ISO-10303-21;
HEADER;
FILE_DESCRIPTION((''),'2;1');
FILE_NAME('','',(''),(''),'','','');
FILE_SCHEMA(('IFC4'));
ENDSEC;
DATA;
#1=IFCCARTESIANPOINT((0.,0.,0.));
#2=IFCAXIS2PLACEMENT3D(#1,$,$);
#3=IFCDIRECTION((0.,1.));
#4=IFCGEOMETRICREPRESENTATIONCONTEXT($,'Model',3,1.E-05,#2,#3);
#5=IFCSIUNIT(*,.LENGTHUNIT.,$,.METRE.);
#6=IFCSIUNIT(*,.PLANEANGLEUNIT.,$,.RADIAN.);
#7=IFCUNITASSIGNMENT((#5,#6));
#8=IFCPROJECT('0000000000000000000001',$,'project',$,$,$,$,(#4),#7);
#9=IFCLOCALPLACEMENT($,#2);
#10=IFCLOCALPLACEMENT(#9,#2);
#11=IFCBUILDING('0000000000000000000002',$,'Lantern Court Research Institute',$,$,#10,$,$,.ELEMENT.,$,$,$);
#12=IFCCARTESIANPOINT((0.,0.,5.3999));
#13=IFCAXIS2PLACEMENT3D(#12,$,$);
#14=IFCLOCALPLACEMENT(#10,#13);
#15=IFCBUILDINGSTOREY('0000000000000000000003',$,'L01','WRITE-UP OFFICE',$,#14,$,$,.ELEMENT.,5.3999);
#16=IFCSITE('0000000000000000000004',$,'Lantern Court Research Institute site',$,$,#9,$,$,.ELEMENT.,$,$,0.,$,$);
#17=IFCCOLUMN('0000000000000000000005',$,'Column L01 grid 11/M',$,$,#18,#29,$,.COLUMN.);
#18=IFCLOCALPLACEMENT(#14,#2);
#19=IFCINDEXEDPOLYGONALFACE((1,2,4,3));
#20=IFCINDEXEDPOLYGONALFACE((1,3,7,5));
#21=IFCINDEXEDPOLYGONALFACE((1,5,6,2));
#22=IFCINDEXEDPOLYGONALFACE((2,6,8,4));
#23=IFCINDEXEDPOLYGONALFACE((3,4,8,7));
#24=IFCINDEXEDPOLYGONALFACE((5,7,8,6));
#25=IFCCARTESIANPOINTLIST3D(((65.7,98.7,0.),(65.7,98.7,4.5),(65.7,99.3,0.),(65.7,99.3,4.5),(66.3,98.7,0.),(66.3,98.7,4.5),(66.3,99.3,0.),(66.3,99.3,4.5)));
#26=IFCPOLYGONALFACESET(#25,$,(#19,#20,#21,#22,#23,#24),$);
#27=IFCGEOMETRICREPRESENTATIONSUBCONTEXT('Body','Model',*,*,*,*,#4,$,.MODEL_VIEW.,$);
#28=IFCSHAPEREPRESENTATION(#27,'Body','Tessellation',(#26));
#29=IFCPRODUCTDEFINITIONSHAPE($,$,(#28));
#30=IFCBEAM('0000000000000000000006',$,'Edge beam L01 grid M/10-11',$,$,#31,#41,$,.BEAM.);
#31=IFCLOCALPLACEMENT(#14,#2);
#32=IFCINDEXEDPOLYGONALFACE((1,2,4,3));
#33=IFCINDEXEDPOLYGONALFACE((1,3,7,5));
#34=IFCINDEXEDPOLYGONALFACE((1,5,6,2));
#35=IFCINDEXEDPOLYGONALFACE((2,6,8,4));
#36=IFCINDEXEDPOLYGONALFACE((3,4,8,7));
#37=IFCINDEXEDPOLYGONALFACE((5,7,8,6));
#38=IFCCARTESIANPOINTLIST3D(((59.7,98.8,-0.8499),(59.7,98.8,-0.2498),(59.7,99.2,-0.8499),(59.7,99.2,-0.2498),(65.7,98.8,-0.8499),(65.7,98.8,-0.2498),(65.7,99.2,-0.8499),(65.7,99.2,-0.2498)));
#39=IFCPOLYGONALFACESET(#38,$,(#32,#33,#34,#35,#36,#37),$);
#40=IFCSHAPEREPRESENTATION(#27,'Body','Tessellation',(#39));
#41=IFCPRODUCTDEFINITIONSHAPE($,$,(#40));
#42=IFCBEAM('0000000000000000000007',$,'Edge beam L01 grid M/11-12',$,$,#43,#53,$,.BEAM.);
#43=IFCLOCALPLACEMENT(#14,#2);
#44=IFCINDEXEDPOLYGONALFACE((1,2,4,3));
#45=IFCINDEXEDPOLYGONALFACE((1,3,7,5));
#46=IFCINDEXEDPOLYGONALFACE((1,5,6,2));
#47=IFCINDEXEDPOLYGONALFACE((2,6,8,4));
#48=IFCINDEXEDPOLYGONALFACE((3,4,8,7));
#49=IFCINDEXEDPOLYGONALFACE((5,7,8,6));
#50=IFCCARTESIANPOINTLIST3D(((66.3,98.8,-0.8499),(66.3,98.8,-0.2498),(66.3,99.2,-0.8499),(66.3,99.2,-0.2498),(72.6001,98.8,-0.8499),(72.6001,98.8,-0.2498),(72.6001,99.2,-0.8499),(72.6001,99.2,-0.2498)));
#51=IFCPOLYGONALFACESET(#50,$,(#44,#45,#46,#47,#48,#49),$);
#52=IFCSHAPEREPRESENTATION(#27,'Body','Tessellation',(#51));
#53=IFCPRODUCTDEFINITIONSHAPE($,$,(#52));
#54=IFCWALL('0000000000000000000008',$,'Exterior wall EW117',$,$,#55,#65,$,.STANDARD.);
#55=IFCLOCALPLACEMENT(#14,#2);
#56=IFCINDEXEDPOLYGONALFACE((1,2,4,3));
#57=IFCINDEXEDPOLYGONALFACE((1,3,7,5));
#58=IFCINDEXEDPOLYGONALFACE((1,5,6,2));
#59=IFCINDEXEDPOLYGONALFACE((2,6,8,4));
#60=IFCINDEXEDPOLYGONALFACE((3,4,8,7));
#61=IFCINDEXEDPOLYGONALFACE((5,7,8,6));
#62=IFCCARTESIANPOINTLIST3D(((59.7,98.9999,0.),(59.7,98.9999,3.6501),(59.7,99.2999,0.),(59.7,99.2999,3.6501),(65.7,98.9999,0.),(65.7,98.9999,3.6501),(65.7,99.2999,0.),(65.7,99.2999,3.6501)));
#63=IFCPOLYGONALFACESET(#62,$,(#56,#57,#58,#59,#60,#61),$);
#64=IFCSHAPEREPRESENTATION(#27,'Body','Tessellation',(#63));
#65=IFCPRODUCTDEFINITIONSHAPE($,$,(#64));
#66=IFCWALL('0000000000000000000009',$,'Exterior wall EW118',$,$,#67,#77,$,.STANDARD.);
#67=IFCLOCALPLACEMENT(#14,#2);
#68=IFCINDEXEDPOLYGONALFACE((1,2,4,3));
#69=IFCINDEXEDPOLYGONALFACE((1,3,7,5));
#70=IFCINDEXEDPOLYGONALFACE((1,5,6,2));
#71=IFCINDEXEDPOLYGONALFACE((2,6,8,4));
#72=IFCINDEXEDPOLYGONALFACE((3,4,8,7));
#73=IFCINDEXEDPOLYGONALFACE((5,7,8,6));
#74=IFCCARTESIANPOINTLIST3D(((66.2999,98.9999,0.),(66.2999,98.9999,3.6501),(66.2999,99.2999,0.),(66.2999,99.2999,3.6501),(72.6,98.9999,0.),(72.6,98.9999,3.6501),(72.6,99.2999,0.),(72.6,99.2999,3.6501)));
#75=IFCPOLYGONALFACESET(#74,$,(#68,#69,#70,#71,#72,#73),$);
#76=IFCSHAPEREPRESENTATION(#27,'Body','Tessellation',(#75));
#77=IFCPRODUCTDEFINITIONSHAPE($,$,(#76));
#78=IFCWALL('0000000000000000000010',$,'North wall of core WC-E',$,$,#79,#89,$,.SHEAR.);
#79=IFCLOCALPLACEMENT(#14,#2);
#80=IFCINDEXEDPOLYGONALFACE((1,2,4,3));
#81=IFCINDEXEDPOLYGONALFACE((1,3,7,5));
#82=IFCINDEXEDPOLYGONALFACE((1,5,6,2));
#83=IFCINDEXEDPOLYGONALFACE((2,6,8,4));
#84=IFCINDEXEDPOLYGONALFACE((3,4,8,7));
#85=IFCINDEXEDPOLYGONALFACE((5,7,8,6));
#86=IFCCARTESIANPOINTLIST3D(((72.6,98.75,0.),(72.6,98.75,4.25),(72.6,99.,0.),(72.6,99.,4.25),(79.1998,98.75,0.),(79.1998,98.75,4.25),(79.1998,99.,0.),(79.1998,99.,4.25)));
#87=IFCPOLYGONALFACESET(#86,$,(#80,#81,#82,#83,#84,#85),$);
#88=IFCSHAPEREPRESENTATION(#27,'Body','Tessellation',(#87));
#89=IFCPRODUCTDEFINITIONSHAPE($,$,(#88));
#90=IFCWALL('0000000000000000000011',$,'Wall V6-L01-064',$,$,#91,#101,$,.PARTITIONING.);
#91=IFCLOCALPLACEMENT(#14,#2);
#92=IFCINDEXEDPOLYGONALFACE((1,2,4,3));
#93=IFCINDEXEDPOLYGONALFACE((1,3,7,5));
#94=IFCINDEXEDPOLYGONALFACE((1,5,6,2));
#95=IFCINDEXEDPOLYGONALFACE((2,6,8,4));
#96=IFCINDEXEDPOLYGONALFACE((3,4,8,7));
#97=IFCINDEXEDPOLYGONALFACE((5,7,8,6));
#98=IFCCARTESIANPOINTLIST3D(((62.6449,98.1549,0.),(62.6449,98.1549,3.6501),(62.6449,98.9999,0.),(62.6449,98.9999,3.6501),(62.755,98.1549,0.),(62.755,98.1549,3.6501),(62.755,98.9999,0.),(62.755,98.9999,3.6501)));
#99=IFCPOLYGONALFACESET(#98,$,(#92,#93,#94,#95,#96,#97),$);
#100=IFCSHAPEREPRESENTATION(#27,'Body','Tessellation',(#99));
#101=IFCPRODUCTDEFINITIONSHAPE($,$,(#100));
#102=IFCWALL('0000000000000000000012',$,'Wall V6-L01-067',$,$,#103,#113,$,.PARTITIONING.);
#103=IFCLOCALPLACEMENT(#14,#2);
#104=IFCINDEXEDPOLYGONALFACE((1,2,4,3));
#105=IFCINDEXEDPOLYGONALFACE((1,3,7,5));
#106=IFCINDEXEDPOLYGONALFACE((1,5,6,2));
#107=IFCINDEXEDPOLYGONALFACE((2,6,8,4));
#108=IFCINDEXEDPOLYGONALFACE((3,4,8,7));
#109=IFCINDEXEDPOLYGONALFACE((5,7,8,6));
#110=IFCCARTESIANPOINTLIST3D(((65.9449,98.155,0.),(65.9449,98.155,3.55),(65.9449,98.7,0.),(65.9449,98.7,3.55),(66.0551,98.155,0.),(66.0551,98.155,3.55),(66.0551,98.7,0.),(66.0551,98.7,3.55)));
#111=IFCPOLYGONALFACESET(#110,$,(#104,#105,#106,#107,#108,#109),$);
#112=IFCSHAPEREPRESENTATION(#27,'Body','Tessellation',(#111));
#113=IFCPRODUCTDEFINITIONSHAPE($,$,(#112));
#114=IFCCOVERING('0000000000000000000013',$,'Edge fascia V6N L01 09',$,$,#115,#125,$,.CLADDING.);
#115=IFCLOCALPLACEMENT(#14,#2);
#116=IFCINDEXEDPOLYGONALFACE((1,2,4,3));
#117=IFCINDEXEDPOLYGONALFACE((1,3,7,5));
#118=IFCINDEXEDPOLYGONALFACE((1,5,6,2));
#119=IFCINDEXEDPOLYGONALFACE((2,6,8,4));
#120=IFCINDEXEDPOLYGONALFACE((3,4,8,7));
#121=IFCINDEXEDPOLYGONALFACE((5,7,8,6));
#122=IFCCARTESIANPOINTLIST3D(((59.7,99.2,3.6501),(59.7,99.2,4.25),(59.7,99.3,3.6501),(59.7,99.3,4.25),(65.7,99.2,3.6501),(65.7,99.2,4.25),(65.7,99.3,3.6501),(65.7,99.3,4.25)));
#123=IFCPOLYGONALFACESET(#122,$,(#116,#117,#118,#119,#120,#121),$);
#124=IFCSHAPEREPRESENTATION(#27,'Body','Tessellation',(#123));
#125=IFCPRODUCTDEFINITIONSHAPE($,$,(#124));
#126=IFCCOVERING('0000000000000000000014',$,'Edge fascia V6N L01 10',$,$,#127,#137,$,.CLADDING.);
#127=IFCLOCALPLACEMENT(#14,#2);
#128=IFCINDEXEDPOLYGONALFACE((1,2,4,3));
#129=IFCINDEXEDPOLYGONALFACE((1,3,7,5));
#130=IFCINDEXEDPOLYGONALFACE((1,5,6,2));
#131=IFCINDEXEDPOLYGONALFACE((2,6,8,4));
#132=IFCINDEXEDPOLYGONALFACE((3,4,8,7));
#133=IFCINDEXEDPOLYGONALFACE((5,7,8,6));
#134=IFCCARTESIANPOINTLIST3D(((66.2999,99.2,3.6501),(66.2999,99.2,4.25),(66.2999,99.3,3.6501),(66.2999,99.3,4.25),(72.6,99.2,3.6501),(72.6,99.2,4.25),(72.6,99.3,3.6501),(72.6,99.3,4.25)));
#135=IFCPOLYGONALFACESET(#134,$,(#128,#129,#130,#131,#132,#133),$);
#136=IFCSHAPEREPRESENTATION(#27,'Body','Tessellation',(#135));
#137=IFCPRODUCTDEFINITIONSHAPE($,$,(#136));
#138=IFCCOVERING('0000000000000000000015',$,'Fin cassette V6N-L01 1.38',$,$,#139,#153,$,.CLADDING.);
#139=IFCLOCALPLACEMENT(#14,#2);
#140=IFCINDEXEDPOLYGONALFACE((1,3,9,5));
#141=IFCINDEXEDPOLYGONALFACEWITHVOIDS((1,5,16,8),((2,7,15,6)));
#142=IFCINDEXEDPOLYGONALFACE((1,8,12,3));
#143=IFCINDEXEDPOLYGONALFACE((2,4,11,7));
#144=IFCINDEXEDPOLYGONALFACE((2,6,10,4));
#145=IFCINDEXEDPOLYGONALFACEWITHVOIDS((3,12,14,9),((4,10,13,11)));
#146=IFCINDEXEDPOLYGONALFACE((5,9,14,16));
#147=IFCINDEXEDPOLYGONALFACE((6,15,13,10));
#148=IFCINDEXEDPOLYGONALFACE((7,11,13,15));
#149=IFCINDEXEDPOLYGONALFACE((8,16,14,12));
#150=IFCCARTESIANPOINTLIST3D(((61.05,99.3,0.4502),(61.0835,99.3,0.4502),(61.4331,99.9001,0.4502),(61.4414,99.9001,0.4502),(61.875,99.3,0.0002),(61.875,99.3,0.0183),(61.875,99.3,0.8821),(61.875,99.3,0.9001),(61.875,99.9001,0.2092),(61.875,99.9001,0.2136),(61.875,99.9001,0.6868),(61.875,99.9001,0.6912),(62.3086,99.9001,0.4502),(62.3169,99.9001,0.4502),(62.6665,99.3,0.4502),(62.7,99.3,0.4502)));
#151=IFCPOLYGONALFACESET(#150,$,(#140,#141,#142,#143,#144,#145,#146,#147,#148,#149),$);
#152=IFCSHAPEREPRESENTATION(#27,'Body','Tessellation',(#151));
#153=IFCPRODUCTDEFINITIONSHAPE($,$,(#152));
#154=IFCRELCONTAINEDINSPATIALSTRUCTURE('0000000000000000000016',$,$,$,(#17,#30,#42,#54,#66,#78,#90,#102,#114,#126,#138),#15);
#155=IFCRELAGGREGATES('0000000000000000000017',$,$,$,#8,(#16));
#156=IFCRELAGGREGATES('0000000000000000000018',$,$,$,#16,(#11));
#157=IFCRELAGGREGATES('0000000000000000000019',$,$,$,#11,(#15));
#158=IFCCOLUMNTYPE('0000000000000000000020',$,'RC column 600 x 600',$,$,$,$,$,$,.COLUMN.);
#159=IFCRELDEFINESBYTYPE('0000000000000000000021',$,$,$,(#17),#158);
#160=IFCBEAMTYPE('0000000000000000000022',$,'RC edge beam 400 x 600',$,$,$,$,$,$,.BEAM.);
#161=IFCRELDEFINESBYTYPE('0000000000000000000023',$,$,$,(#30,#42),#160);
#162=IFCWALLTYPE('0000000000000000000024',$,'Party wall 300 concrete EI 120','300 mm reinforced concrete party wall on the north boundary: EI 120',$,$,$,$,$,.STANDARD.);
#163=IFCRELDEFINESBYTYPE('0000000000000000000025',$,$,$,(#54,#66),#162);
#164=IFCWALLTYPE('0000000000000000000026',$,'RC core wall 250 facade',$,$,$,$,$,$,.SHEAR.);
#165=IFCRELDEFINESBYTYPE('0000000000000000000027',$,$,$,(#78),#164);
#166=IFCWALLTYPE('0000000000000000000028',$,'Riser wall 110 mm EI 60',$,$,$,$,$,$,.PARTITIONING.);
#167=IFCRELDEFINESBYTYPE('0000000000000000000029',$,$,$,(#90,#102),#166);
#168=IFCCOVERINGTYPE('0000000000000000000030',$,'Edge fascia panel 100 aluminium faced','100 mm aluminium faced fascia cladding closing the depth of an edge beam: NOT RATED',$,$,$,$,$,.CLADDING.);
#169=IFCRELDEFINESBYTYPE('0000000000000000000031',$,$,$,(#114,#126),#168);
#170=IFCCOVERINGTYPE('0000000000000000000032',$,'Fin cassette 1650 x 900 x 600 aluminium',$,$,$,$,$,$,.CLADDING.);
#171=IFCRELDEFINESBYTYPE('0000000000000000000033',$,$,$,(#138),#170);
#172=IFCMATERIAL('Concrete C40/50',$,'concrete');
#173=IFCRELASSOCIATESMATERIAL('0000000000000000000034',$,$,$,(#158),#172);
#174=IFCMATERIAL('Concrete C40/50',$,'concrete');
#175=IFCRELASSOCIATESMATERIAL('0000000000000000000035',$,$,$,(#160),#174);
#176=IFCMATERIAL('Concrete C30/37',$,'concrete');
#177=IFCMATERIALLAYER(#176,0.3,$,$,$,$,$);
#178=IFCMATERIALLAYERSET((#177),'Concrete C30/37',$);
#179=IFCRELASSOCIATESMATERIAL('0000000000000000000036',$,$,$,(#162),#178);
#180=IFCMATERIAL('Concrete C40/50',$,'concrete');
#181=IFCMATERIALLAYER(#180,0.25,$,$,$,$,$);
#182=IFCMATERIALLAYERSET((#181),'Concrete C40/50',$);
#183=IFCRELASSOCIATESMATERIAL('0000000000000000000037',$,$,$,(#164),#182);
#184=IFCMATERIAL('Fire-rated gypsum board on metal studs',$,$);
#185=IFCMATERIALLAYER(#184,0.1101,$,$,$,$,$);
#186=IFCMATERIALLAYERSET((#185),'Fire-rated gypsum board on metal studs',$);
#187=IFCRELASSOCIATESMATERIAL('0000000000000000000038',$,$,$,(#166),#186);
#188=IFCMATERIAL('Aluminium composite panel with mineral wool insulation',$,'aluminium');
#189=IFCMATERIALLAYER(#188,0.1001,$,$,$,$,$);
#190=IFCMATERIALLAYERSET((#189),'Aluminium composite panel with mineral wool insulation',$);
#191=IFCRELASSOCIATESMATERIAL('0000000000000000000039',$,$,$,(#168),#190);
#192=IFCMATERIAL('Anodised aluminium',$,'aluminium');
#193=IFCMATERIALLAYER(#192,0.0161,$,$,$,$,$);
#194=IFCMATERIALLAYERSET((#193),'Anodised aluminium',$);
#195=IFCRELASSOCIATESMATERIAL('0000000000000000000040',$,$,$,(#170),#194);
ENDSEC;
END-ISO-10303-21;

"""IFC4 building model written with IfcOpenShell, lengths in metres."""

from ifc_helpers import new_model, entity, si_unit, direction, frame, frame_2d, origin, origin_2d, place, context, subcontext, project, spatial, rectangle, extrude, material, layer, layer_set, material_profile, profile_set, type_object, element, save


model = new_model("IFC4")

# Units and contexts
model_context = context("Model", 3, precision=1e-05, world=origin(), true_north=direction((0.0, 1.0)))
body_context = subcontext(model_context, "Body", "Model", "MODEL_VIEW")
ifc_project = project(units=[si_unit("LENGTHUNIT", "METRE"), si_unit("PLANEANGLEUNIT", "RADIAN")], contexts=[model_context])

# Site, building, storey
site_placement = place(None, origin())
site = spatial("IfcSite", under=ifc_project, at=site_placement, Name="Lantern Court Research Institute site", CompositionType="ELEMENT", RefElevation=0.0)
building_placement = place(site_placement, origin())
building = spatial("IfcBuilding", under=site, at=building_placement, Name="Lantern Court Research Institute", CompositionType="ELEMENT")
storey_placement = place(building_placement, frame((0.0, 0.0, 5.3999)))
storey = spatial("IfcBuildingStorey", under=building, at=storey_placement, Name="L01", Description="WRITE-UP OFFICE", CompositionType="ELEMENT", Elevation=5.3999)

# Column
ifc_material_1 = material(Name="Concrete C40/50", Category="concrete")
ifc_material_profile_1 = material_profile(ifc_material_1, rectangle(XDim=0.6001, YDim=0.6001, at=origin_2d()), Name="RC column 600 x 600")
ifc_profile_set_1 = profile_set([ifc_material_profile_1], Name="Concrete C40/50")
column_type = type_object("IfcColumnType", Name="RC column 600 x 600", PredefinedType="COLUMN", material=ifc_profile_set_1)
column_placement = place(storey_placement, frame((66.0, 99.0, 0.0), z_axis=(0.0, 0.0, 1.0), x_axis=(1.0, 0.0, 0.0)))
element("IfcColumn", 1, at=column_placement, inside=storey, type_object=column_type, Name="Column L01 grid 11/M", PredefinedType="COLUMN", context=body_context, shape_type="SweptSolid", body=[
    extrude(rectangle(XDim=0.6001, YDim=0.6001, at=origin_2d()), origin(), (0.0, 0.0, 1.0), 4.5),
])

# Beams
ifc_material_2 = material(Name="Concrete C40/50", Category="concrete")
ifc_material_profile_2 = material_profile(ifc_material_2, rectangle(XDim=0.3999, YDim=0.6001, at=origin_2d()), Name="RC beam 400 x 600")
ifc_profile_set_2 = profile_set([ifc_material_profile_2], Name="Concrete C40/50")
beam_type = type_object("IfcBeamType", Name="RC edge beam 400 x 600", PredefinedType="BEAM", material=ifc_profile_set_2)
beam_1_placement = place(storey_placement, frame((59.7, 99.0, -0.5498), z_axis=(1.0, 0.0, 0.0), x_axis=(0.0, 1.0, 0.0)))
element("IfcBeam", 2, at=beam_1_placement, inside=storey, type_object=beam_type, Name="Edge beam L01 grid M/10-11", PredefinedType="BEAM", context=body_context, shape_type="SweptSolid", body=[
    extrude(rectangle(XDim=0.3999, YDim=0.6001, at=origin_2d()), origin(), (0.0, 0.0, 1.0), 6.0),
])
beam_2_placement = place(storey_placement, frame((66.3, 99.0, -0.5498), z_axis=(1.0, 0.0, 0.0), x_axis=(0.0, 1.0, 0.0)))
element("IfcBeam", 3, at=beam_2_placement, inside=storey, type_object=beam_type, Name="Edge beam L01 grid M/11-12", PredefinedType="BEAM", context=body_context, shape_type="SweptSolid", body=[
    extrude(rectangle(XDim=0.3999, YDim=0.6001, at=origin_2d()), origin(), (0.0, 0.0, 1.0), 6.3),
])

# Walls
ifc_material_3 = material(Name="Concrete C30/37", Category="concrete")
ifc_layer_1 = layer(ifc_material_3, 0.3)
ifc_layer_set_1 = layer_set([ifc_layer_1], Name="Concrete C30/37")
wall_type_1 = type_object("IfcWallType", Name="Party wall 300 concrete EI 120", Description="300 mm reinforced concrete party wall on the north boundary: EI 120", PredefinedType="STANDARD", material=ifc_layer_set_1)
wall_1_placement = place(storey_placement, frame((59.7, 99.1499, 0.0), z_axis=(0.0, 0.0, 1.0), x_axis=(1.0, 0.0, 0.0)))
element("IfcWall", 4, at=wall_1_placement, inside=storey, type_object=wall_type_1, Name="Exterior wall EW117", PredefinedType="STANDARD", context=body_context, shape_type="SweptSolid", body=[
    extrude(rectangle(XDim=6.0, YDim=0.3, at=frame_2d((3.0, 0.0))), origin(), (0.0, 0.0, 1.0), 3.6501),
])
wall_2_placement = place(storey_placement, frame((66.3, 99.1499, 0.0), z_axis=(0.0, 0.0, 1.0), x_axis=(1.0, 0.0, 0.0)))
element("IfcWall", 5, at=wall_2_placement, inside=storey, type_object=wall_type_1, Name="Exterior wall EW118", PredefinedType="STANDARD", context=body_context, shape_type="SweptSolid", body=[
    extrude(rectangle(XDim=6.3, YDim=0.3, at=frame_2d((3.1499, 0.0))), origin(), (0.0, 0.0, 1.0), 3.6501),
])
ifc_material_4 = material(Name="Concrete C40/50", Category="concrete")
ifc_layer_2 = layer(ifc_material_4, 0.25)
ifc_layer_set_2 = layer_set([ifc_layer_2], Name="Concrete C40/50")
wall_type_2 = type_object("IfcWallType", Name="RC core wall 250 facade", PredefinedType="SHEAR", material=ifc_layer_set_2)
wall_3_placement = place(storey_placement, frame((72.6001, 98.875, 0.0), z_axis=(0.0, 0.0, 1.0), x_axis=(1.0, 0.0, 0.0)))
element("IfcWall", 6, at=wall_3_placement, inside=storey, type_object=wall_type_2, Name="North wall of core WC-E", PredefinedType="SHEAR", context=body_context, shape_type="SweptSolid", body=[
    extrude(rectangle(XDim=6.5999, YDim=0.25, at=frame_2d((3.2998, 0.0))), origin(), (0.0, 0.0, 1.0), 4.25),
])
ifc_material_5 = material(Name="Fire-rated gypsum board on metal studs")
ifc_layer_3 = layer(ifc_material_5, 0.1101)
ifc_layer_set_3 = layer_set([ifc_layer_3], Name="Fire-rated gypsum board on metal studs")
wall_type_3 = type_object("IfcWallType", Name="Riser wall 110 mm EI 60", PredefinedType="PARTITIONING", material=ifc_layer_set_3)
wall_4_placement = place(storey_placement, frame((62.7, 98.155, 0.0), z_axis=(0.0, 0.0, 1.0), x_axis=(0.0, 1.0, 0.0)))
element("IfcWall", 7, at=wall_4_placement, inside=storey, type_object=wall_type_3, Name="Wall V6-L01-064", PredefinedType="PARTITIONING", context=body_context, shape_type="SweptSolid", body=[
    extrude(rectangle(XDim=0.845, YDim=0.1101, at=frame_2d((0.4224, 0.0))), origin(), (0.0, 0.0, 1.0), 3.6501),
])
wall_5_placement = place(storey_placement, frame((66.0, 98.155, 0.0), z_axis=(0.0, 0.0, 1.0), x_axis=(0.0, 1.0, 0.0)))
element("IfcWall", 8, at=wall_5_placement, inside=storey, type_object=wall_type_3, Name="Wall V6-L01-067", PredefinedType="PARTITIONING", context=body_context, shape_type="SweptSolid", body=[
    extrude(rectangle(XDim=0.5449, YDim=0.1101, at=frame_2d((0.2725, 0.0))), origin(), (0.0, 0.0, 1.0), 3.55),
])

# Coverings
ifc_material_6 = material(Name="Aluminium composite panel with mineral wool insulation", Category="aluminium")
ifc_layer_4 = layer(ifc_material_6, 0.1001)
ifc_layer_set_4 = layer_set([ifc_layer_4], Name="Aluminium composite panel with mineral wool insulation")
covering_type_1 = type_object("IfcCoveringType", Name="Edge fascia panel 100 aluminium faced", Description="100 mm aluminium faced fascia cladding closing the depth of an edge beam: NOT RATED", PredefinedType="CLADDING", material=ifc_layer_set_4)
covering_1_placement = place(storey_placement, frame((59.7, 99.25, 3.6501), z_axis=(0.0, 0.0, 1.0), x_axis=(1.0, 0.0, 0.0)))
element("IfcCovering", 9, at=covering_1_placement, inside=storey, type_object=covering_type_1, Name="Edge fascia V6N L01 09", PredefinedType="CLADDING", context=body_context, shape_type="SweptSolid", body=[
    extrude(rectangle(XDim=6.0, YDim=0.1001, at=frame_2d((3.0, 0.0))), origin(), (0.0, 0.0, 1.0), 0.5999),
])
covering_2_placement = place(storey_placement, frame((66.3, 99.25, 3.6501), z_axis=(0.0, 0.0, 1.0), x_axis=(1.0, 0.0, 0.0)))
element("IfcCovering", 10, at=covering_2_placement, inside=storey, type_object=covering_type_1, Name="Edge fascia V6N L01 10", PredefinedType="CLADDING", context=body_context, shape_type="SweptSolid", body=[
    extrude(rectangle(XDim=6.3, YDim=0.1001, at=frame_2d((3.1499, 0.0))), origin(), (0.0, 0.0, 1.0), 0.5999),
])
ifc_material_7 = material(Name="Anodised aluminium", Category="aluminium")
ifc_layer_5 = layer(ifc_material_7, 0.0161)
ifc_layer_set_5 = layer_set([ifc_layer_5], Name="Anodised aluminium")
covering_type_2 = type_object("IfcCoveringType", Name="Fin cassette 1650 x 900 x 600 aluminium", PredefinedType="CLADDING", material=ifc_layer_set_5)
covering_3_placement = place(storey_placement, frame((61.875, 99.3, 0.4502), z_axis=(0.0, 1.0, 0.0), x_axis=(-1.0, 0.0, 0.0)))
cartesian_point_1 = entity("IfcCartesianPoint", [0.825, 0.0])
cartesian_point_2 = entity("IfcCartesianPoint", [0.7915, 0.0])
cartesian_point_3 = entity("IfcCartesianPoint", [0.4419, 0.0])
cartesian_point_4 = entity("IfcCartesianPoint", [0.4336, 0.0])
element("IfcCovering", 11, at=covering_3_placement, inside=storey, type_object=covering_type_2, Name="Fin cassette V6N-L01 1.38", PredefinedType="CLADDING", context=body_context, shape_type="SweptSolid", body=[
    entity("IfcExtrudedAreaSolidTapered", entity("IfcArbitraryProfileDefWithVoids", "AREA", None, entity("IfcPolyline", [cartesian_point_1, entity("IfcCartesianPoint", [0.0, 0.45]), entity("IfcCartesianPoint", [-0.825, 0.0]), entity("IfcCartesianPoint", [0.0, -0.45]), cartesian_point_1]), [entity("IfcPolyline", [cartesian_point_2, entity("IfcCartesianPoint", [0.0, 0.4319]), entity("IfcCartesianPoint", [-0.7915, 0.0]), entity("IfcCartesianPoint", [0.0, -0.4319]), cartesian_point_2])]), entity("IfcAxis2Placement3D", entity("IfcCartesianPoint", [0.0, 0.0, 0.0])), entity("IfcDirection", [0.0, 0.0, 1.0]), 0.6001, entity("IfcArbitraryProfileDefWithVoids", "AREA", None, entity("IfcPolyline", [cartesian_point_3, entity("IfcCartesianPoint", [0.0, 0.241]), entity("IfcCartesianPoint", [-0.4419, 0.0]), entity("IfcCartesianPoint", [0.0, -0.241]), cartesian_point_3]), [entity("IfcPolyline", [cartesian_point_4, entity("IfcCartesianPoint", [0.0, 0.2366]), entity("IfcCartesianPoint", [-0.4336, 0.0]), entity("IfcCartesianPoint", [0.0, -0.2366]), cartesian_point_4])])),
])

save(model, "model.ifc")
